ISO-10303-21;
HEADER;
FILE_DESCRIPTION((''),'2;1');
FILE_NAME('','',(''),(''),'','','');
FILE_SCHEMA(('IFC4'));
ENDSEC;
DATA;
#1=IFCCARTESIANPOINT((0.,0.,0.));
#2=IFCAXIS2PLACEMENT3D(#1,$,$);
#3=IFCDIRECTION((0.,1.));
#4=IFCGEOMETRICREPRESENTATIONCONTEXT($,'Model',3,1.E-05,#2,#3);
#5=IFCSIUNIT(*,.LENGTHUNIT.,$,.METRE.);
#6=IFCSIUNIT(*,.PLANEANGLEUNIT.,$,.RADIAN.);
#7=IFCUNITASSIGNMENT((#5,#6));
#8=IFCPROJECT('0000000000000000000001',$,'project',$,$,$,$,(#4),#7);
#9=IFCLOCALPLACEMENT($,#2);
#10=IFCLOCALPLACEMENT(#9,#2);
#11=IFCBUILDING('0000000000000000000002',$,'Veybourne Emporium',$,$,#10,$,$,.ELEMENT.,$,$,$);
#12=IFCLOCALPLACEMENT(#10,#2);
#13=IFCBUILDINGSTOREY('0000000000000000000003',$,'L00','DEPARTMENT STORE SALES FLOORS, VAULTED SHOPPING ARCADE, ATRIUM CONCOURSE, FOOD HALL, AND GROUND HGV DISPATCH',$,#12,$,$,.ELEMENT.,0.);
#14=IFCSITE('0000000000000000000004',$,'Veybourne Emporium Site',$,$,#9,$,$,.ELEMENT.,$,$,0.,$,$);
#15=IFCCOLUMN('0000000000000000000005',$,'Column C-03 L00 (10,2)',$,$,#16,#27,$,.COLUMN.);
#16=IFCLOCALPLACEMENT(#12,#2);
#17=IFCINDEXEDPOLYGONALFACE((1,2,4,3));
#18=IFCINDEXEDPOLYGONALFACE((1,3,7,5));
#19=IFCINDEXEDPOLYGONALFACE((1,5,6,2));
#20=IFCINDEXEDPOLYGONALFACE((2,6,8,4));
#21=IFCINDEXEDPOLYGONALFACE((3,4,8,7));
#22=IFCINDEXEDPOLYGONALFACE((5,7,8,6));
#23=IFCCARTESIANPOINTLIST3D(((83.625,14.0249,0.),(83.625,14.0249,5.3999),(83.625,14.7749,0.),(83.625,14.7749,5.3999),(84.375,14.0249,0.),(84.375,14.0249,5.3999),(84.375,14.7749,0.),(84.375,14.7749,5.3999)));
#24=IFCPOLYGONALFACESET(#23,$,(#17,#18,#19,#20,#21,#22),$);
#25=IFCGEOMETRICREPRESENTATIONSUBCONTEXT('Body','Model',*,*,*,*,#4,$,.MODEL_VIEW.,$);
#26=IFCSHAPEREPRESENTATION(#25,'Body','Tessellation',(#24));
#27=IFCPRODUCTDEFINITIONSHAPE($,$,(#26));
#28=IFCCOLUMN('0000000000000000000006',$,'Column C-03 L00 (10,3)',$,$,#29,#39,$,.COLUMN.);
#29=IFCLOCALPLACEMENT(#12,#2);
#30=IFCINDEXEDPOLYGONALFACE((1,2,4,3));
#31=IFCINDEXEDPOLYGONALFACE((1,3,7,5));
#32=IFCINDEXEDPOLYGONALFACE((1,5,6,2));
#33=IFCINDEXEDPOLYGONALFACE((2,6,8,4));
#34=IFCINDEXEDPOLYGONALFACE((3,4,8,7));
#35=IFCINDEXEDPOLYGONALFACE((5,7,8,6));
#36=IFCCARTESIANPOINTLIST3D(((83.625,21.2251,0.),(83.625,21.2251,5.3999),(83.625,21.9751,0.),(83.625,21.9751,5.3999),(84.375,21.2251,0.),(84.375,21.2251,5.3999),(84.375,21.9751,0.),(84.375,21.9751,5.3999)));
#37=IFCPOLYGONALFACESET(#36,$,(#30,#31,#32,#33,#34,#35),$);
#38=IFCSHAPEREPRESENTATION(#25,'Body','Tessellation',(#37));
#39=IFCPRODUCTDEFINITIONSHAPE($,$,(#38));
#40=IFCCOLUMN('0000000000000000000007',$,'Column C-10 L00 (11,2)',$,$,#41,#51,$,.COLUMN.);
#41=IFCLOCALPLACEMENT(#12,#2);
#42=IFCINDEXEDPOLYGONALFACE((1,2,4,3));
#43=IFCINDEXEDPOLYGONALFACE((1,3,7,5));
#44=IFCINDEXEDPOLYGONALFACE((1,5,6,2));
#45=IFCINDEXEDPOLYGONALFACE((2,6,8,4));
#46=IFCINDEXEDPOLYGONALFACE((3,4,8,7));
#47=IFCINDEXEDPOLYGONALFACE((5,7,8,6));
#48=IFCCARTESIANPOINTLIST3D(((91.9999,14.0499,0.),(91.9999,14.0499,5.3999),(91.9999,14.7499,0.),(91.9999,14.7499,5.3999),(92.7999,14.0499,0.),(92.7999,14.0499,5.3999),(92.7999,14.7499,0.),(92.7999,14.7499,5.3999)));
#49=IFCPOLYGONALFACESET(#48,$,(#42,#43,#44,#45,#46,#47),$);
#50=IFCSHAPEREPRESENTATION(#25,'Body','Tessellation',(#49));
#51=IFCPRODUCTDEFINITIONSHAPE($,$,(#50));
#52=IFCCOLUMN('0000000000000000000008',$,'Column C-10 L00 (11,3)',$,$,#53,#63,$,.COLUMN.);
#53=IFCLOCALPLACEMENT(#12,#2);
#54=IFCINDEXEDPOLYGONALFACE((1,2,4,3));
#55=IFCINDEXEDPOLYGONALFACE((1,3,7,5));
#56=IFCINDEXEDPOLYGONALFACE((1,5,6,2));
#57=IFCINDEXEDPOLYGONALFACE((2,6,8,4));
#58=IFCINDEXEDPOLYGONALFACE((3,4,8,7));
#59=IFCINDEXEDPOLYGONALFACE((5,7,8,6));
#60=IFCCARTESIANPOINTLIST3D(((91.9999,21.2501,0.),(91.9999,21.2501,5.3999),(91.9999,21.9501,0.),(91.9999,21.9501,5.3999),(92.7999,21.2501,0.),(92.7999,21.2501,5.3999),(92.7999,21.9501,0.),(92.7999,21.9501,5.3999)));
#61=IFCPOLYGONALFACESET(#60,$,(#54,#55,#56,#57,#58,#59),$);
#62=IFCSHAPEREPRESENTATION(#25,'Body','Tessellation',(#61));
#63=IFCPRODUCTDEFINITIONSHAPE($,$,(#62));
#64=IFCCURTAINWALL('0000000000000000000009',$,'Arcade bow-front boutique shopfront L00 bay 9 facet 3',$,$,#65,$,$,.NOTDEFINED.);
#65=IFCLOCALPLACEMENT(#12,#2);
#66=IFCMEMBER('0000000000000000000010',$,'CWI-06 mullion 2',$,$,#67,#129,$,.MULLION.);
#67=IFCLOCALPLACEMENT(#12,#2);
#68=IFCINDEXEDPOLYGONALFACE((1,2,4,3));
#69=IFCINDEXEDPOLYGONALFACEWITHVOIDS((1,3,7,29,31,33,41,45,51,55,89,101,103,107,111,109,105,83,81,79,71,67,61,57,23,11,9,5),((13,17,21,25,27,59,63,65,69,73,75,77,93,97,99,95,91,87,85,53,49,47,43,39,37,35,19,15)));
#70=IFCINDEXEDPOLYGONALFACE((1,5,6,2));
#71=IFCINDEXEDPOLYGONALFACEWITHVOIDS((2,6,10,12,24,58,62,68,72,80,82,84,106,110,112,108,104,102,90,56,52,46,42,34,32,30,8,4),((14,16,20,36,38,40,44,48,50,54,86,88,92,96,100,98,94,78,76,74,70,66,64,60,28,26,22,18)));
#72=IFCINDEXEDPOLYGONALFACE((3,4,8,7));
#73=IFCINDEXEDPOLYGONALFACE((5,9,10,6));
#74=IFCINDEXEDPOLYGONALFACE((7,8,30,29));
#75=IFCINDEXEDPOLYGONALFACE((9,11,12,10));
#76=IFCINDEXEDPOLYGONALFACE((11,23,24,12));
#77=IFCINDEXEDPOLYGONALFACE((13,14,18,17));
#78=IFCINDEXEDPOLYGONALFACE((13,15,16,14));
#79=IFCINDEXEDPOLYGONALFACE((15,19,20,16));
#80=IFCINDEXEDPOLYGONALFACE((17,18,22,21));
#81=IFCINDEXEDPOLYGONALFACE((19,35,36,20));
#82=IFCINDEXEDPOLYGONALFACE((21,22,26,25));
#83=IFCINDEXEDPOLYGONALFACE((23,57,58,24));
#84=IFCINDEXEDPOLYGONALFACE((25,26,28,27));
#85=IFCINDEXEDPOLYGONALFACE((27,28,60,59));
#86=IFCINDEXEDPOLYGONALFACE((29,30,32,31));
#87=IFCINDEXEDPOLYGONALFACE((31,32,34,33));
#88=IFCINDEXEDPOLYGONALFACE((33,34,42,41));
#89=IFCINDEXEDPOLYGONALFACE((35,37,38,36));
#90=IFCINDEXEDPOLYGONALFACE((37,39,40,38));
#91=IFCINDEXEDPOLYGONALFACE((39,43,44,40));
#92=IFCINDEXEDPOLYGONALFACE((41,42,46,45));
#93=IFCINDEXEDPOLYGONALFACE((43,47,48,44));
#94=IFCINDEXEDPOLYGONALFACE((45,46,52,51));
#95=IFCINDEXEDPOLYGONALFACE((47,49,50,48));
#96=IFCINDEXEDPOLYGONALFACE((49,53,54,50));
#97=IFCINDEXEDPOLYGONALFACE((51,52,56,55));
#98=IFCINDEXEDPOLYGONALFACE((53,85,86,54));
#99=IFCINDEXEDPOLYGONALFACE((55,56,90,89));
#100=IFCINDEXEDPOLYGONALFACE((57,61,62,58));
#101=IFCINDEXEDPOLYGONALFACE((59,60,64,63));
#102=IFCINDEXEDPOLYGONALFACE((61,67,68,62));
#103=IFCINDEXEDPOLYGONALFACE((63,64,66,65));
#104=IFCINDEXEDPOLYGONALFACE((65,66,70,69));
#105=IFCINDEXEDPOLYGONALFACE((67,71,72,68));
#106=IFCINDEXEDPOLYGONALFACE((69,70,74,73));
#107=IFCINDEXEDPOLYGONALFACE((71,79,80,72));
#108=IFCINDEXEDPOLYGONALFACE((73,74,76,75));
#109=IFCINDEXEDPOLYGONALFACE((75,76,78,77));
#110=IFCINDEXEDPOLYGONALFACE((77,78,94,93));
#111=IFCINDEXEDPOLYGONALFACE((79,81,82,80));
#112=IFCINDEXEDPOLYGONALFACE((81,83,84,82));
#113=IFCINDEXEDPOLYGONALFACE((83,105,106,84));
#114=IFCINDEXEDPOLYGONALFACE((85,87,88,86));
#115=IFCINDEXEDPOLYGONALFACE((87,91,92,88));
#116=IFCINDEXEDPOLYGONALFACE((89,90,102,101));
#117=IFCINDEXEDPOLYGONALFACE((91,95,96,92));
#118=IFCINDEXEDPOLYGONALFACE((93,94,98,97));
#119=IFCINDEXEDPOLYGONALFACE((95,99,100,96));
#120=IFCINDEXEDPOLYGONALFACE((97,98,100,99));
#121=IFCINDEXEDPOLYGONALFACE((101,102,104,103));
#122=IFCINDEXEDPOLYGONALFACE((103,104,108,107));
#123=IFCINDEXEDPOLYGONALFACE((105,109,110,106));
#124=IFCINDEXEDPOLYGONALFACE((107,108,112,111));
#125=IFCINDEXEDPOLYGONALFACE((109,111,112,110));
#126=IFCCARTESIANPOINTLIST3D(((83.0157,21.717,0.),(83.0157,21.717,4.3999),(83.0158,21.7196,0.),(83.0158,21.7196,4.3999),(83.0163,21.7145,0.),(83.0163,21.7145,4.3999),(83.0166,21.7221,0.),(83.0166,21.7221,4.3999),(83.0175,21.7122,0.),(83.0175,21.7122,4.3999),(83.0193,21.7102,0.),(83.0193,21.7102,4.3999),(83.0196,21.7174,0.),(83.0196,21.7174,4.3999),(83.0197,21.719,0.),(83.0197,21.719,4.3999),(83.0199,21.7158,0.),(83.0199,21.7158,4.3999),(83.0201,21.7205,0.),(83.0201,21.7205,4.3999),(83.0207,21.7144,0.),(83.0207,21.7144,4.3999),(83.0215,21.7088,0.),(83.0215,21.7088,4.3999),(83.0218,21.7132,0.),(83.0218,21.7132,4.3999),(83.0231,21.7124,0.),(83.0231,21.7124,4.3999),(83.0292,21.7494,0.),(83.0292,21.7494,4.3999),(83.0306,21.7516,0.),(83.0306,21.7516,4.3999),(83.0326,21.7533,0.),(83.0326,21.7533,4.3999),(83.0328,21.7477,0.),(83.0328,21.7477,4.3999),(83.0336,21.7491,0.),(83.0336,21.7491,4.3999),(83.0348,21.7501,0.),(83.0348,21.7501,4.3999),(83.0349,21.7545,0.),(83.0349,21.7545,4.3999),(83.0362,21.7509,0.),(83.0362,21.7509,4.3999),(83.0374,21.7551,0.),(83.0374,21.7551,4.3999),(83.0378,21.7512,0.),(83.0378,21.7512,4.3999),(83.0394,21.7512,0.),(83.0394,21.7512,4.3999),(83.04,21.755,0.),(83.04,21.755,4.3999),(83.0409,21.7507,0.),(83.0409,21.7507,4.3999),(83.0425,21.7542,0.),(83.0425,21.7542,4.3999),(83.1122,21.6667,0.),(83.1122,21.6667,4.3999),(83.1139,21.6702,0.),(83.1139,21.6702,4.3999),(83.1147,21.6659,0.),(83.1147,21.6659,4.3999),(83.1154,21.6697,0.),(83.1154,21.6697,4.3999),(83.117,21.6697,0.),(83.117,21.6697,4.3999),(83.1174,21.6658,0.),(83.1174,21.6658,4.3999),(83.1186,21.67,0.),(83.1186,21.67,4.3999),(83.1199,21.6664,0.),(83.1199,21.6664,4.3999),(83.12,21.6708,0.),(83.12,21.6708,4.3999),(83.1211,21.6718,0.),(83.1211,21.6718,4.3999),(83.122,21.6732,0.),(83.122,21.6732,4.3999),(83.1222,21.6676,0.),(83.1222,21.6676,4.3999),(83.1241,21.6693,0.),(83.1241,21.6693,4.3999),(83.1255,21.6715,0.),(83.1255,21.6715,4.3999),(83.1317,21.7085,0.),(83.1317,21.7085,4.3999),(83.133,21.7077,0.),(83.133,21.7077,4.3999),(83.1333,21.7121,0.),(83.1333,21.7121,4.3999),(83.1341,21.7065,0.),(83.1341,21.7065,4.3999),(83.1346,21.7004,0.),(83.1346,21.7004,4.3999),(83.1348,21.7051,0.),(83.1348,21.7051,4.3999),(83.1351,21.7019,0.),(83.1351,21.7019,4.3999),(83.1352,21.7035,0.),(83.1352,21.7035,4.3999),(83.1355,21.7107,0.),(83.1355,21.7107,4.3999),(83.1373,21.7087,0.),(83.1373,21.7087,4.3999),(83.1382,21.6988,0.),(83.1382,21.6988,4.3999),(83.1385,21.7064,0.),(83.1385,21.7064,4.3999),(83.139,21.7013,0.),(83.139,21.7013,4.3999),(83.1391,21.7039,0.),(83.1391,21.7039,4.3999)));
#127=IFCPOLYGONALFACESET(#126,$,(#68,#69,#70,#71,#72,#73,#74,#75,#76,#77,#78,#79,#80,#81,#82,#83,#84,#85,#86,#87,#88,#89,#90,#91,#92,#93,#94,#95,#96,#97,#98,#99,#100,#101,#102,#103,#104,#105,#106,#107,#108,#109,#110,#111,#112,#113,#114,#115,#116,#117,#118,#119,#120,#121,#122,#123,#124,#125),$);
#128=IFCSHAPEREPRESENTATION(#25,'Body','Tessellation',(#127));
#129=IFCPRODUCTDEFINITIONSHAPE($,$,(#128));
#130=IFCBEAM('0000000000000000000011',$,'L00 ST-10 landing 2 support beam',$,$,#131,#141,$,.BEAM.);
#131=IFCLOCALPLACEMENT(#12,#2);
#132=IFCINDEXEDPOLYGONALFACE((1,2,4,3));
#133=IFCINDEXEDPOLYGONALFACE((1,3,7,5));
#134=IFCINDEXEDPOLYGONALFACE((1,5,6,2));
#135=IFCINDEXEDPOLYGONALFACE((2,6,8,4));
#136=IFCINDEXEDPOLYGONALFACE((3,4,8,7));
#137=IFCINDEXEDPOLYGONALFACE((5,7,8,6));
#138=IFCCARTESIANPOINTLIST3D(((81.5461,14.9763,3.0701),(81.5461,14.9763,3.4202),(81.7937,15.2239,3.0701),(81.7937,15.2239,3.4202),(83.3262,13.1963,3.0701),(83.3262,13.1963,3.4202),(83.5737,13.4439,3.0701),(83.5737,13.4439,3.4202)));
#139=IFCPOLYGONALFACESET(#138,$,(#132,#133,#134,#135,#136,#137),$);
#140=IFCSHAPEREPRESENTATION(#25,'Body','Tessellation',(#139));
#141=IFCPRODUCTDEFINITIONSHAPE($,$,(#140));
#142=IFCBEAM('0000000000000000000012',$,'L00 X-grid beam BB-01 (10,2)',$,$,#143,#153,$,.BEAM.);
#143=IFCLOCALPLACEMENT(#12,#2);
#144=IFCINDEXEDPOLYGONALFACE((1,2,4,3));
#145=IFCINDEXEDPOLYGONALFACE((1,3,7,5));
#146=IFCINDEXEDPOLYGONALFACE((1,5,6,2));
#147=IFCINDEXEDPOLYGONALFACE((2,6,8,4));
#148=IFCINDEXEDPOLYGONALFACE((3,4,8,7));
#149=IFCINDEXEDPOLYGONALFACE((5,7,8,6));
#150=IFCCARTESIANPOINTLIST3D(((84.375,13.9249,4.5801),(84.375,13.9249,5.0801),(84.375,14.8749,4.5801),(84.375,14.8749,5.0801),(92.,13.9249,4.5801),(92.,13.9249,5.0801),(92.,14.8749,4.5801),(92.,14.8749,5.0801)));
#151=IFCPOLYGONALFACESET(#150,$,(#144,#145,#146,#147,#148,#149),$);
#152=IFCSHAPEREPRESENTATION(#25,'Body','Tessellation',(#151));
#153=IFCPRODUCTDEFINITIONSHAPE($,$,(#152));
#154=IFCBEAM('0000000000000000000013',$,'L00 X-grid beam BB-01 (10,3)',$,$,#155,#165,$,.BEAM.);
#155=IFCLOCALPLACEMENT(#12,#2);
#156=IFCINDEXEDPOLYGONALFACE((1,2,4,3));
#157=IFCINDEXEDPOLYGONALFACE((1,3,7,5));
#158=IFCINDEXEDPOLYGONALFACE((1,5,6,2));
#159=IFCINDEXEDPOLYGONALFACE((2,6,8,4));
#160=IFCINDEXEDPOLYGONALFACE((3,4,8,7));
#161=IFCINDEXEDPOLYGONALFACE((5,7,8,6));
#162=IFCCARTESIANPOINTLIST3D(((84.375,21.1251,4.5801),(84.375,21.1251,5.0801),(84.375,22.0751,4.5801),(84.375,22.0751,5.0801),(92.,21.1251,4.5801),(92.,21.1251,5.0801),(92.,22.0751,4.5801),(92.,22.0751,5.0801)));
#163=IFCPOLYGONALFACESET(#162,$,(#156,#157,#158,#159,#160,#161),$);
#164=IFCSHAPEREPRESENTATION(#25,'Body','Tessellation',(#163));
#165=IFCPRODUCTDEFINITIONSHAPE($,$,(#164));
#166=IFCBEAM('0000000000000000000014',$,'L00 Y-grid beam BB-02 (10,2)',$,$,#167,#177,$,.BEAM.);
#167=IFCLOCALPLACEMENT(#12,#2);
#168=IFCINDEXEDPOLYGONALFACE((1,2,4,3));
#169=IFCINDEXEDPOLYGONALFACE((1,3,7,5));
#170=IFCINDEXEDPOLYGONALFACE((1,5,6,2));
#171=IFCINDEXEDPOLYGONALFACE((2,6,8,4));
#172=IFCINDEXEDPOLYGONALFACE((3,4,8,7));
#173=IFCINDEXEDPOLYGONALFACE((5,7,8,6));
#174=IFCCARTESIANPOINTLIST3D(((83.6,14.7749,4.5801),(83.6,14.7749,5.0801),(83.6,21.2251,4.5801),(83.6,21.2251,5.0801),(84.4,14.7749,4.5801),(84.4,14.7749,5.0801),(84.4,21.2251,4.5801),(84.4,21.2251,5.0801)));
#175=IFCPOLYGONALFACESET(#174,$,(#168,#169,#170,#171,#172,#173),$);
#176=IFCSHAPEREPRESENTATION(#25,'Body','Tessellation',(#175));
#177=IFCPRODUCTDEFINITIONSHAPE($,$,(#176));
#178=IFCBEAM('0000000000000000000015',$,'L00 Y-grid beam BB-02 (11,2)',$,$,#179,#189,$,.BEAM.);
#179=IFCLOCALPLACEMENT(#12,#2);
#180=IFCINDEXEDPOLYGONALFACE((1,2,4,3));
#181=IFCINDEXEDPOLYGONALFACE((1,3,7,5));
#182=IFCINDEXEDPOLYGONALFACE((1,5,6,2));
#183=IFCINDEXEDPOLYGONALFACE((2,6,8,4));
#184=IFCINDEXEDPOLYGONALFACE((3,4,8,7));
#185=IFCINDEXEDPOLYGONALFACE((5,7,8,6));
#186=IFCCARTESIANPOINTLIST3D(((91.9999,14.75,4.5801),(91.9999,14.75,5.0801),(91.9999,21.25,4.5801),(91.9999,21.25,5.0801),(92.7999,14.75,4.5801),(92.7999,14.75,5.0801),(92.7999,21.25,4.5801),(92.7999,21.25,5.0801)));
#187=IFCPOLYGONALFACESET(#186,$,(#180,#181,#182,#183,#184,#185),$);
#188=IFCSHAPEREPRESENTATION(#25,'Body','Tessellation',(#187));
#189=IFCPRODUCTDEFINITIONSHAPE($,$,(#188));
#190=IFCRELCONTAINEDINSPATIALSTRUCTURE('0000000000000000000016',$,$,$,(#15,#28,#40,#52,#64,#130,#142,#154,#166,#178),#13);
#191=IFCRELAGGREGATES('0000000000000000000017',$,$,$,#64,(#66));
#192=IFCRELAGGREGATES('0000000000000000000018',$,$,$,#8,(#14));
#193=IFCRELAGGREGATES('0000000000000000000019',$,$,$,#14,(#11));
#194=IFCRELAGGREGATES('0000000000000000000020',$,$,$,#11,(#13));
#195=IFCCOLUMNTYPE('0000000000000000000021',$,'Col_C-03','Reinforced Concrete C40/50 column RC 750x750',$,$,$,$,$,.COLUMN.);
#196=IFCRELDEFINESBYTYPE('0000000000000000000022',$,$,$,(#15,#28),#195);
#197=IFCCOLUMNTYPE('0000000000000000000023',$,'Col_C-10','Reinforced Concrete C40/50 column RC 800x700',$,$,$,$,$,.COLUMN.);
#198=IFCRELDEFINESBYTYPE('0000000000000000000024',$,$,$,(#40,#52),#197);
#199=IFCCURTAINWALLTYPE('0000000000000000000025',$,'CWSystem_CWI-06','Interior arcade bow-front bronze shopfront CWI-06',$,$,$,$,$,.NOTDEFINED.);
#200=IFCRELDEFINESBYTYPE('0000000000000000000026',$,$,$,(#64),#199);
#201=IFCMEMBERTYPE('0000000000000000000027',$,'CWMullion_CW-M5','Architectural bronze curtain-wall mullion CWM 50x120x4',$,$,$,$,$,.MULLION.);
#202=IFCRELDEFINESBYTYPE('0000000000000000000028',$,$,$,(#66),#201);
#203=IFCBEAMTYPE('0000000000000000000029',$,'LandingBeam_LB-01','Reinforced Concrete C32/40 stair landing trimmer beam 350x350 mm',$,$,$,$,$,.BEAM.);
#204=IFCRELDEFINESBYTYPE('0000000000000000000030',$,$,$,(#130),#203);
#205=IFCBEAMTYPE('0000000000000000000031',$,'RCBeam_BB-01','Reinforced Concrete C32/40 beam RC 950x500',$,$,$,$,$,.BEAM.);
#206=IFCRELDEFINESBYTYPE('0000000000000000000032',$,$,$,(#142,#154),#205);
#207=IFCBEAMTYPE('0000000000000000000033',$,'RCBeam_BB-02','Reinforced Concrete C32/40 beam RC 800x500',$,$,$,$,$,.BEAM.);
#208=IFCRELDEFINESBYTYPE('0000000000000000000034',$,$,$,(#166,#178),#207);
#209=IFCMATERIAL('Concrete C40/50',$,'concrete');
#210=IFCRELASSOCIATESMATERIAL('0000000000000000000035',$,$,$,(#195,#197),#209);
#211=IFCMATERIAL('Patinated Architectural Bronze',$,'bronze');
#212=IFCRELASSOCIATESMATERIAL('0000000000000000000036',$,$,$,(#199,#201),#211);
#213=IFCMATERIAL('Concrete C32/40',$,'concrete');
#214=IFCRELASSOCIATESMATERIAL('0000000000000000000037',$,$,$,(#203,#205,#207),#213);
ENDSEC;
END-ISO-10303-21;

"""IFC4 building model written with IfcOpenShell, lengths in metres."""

from ifc_helpers import new_model, si_unit, direction, frame, origin, origin_2d, place, context, subcontext, project, spatial, rectangle, hollow_rectangle, extrude, material, material_profile, profile_set, type_object, element, aggregate, save


model = new_model("IFC4")

# Units and contexts
model_context = context("Model", 3, precision=1e-05, world=origin(), true_north=direction((0.0, 1.0)))
body_context = subcontext(model_context, "Body", "Model", "MODEL_VIEW")
ifc_project = project(units=[si_unit("LENGTHUNIT", "METRE"), si_unit("PLANEANGLEUNIT", "RADIAN")], contexts=[model_context])

# Site, building, storey
site_placement = place(None, origin())
site = spatial("IfcSite", under=ifc_project, at=site_placement, Name="Veybourne Emporium Site", CompositionType="ELEMENT", RefElevation=0.0)
building_placement = place(site_placement, origin())
building = spatial("IfcBuilding", under=site, at=building_placement, Name="Veybourne Emporium", CompositionType="ELEMENT")
storey_placement = place(building_placement, origin())
storey = spatial("IfcBuildingStorey", under=building, at=storey_placement, Name="L00", Description="DEPARTMENT STORE SALES FLOORS, VAULTED SHOPPING ARCADE, ATRIUM CONCOURSE, FOOD HALL, AND GROUND HGV DISPATCH", CompositionType="ELEMENT", Elevation=0.0)

# Columns
ifc_material_1 = material(Name="Concrete C40/50", Category="concrete")
ifc_material_profile_1 = material_profile(ifc_material_1, rectangle(XDim=0.75, YDim=0.75, at=origin_2d()), Name="RC 750x750")
ifc_profile_set_1 = profile_set([ifc_material_profile_1], Name="Concrete C40/50")
column_type_1 = type_object("IfcColumnType", Name="Col_C-03", Description="Reinforced Concrete C40/50 column RC 750x750", PredefinedType="COLUMN", material=ifc_profile_set_1)
for number, where, z_axis, x_axis, name in (
    (1, (84.0, 14.3999, 0.0), (0.0, 0.0, 1.0), (1.0, 0.0, 0.0), "Column C-03 L00 (10,2)"),
    (2, (84.0, 21.6001, 0.0), (0.0, 0.0, 1.0), (1.0, 0.0, 0.0), "Column C-03 L00 (10,3)"),
):
    element("IfcColumn", number, at=place(storey_placement, frame(where, z_axis=z_axis, x_axis=x_axis)), inside=storey, type_object=column_type_1, Name=name, PredefinedType="COLUMN", context=body_context, shape_type="SweptSolid", body=[
        extrude(rectangle(XDim=0.75, YDim=0.75, at=origin_2d()), origin(), (0.0, 0.0, 1.0), 5.3999),
    ])
ifc_material_profile_2 = material_profile(ifc_material_1, rectangle(XDim=0.8, YDim=0.7, at=origin_2d()), Name="RC 800x700")
ifc_profile_set_2 = profile_set([ifc_material_profile_2], Name="Concrete C40/50")
column_type_2 = type_object("IfcColumnType", Name="Col_C-10", Description="Reinforced Concrete C40/50 column RC 800x700", PredefinedType="COLUMN", material=ifc_profile_set_2)
for number, where, z_axis, x_axis, name in (
    (3, (92.3999, 14.3999, 0.0), (0.0, 0.0, 1.0), (1.0, 0.0, 0.0), "Column C-10 L00 (11,2)"),
    (4, (92.3999, 21.6001, 0.0), (0.0, 0.0, 1.0), (1.0, 0.0, 0.0), "Column C-10 L00 (11,3)"),
):
    element("IfcColumn", number, at=place(storey_placement, frame(where, z_axis=z_axis, x_axis=x_axis)), inside=storey, type_object=column_type_2, Name=name, PredefinedType="COLUMN", context=body_context, shape_type="SweptSolid", body=[
        extrude(rectangle(XDim=0.8, YDim=0.7, at=origin_2d()), origin(), (0.0, 0.0, 1.0), 5.3999),
    ])

# Curtain wall, member
ifc_material_2 = material(Name="Patinated Architectural Bronze", Category="bronze")
curtain_wall_type = type_object("IfcCurtainWallType", Name="CWSystem_CWI-06", Description="Interior arcade bow-front bronze shopfront CWI-06", PredefinedType="NOTDEFINED", material=ifc_material_2)
curtain_wall_placement = place(storey_placement, origin())
curtain_wall = element("IfcCurtainWall", 5, at=curtain_wall_placement, inside=storey, type_object=curtain_wall_type, Name="Arcade bow-front boutique shopfront L00 bay 9 facet 3", PredefinedType="NOTDEFINED")
ifc_material_profile_3 = material_profile(ifc_material_2, hollow_rectangle(XDim=0.05, YDim=0.1201, WallThickness=0.0039, InnerFilletRadius=0.0061, OuterFilletRadius=0.01, at=origin_2d()), Name="CWM 50x120x4")
ifc_profile_set_3 = profile_set([ifc_material_profile_3], Name="Patinated Architectural Bronze")
member_type = type_object("IfcMemberType", Name="CWMullion_CW-M5", Description="Architectural bronze curtain-wall mullion CWM 50x120x4", PredefinedType="MULLION", material=ifc_profile_set_3)
member_placement = place(storey_placement, frame((83.0774, 21.7104, 0.0), z_axis=(0.0, 0.0, 1.0), x_axis=(0.421111, 0.907009, 0.0)))
member = element("IfcMember", 6, at=member_placement, type_object=member_type, Name="CWI-06 mullion 2", PredefinedType="MULLION", context=body_context, shape_type="SweptSolid", body=[
    extrude(hollow_rectangle(XDim=0.05, YDim=0.1201, WallThickness=0.0039, InnerFilletRadius=0.0061, OuterFilletRadius=0.01, at=origin_2d()), origin(), (0.0, 0.0, 1.0), 4.3999),
])
aggregate(curtain_wall, [member])

# Beams
ifc_material_3 = material(Name="Concrete C32/40", Category="concrete")
ifc_material_profile_4 = material_profile(ifc_material_3, rectangle(XDim=0.3501, YDim=0.3501, at=origin_2d()), Name="RC 350x350")
ifc_profile_set_4 = profile_set([ifc_material_profile_4], Name="Concrete C32/40")
beam_type_1 = type_object("IfcBeamType", Name="LandingBeam_LB-01", Description="Reinforced Concrete C32/40 stair landing trimmer beam 350x350 mm", PredefinedType="BEAM", material=ifc_profile_set_4)
beam_1_placement = place(storey_placement, frame((81.6699, 15.1001, 3.2451), z_axis=(0.707107, -0.707107, 0.0), x_axis=(0.707107, 0.707107, 0.0)))
element("IfcBeam", 7, at=beam_1_placement, inside=storey, type_object=beam_type_1, Name="L00 ST-10 landing 2 support beam", PredefinedType="BEAM", context=body_context, shape_type="SweptSolid", body=[
    extrude(rectangle(XDim=0.3501, YDim=0.3501, at=origin_2d()), origin(), (0.0, 0.0, 1.0), 2.5173),
])
ifc_material_profile_5 = material_profile(ifc_material_3, rectangle(XDim=0.95, YDim=0.5, at=origin_2d()), Name="RC 950x500")
ifc_profile_set_5 = profile_set([ifc_material_profile_5], Name="Concrete C32/40")
beam_type_2 = type_object("IfcBeamType", Name="RCBeam_BB-01", Description="Reinforced Concrete C32/40 beam RC 950x500", PredefinedType="BEAM", material=ifc_profile_set_5)
for number, where, z_axis, x_axis, name in (
    (8, (84.375, 14.3999, 4.8301), (1.0, 0.0, 0.0), (0.0, 1.0, 0.0), "L00 X-grid beam BB-01 (10,2)"),
    (9, (84.375, 21.6001, 4.8301), (1.0, 0.0, 0.0), (0.0, 1.0, 0.0), "L00 X-grid beam BB-01 (10,3)"),
):
    element("IfcBeam", number, at=place(storey_placement, frame(where, z_axis=z_axis, x_axis=x_axis)), inside=storey, type_object=beam_type_2, Name=name, PredefinedType="BEAM", context=body_context, shape_type="SweptSolid", body=[
        extrude(rectangle(XDim=0.95, YDim=0.5, at=origin_2d()), origin(), (0.0, 0.0, 1.0), 7.625),
    ])
ifc_material_profile_6 = material_profile(ifc_material_3, rectangle(XDim=0.8, YDim=0.5, at=origin_2d()), Name="RC 800x500")
ifc_profile_set_6 = profile_set([ifc_material_profile_6], Name="Concrete C32/40")
beam_type_3 = type_object("IfcBeamType", Name="RCBeam_BB-02", Description="Reinforced Concrete C32/40 beam RC 800x500", PredefinedType="BEAM", material=ifc_profile_set_6)
beam_2_placement = place(storey_placement, frame((84.0, 14.7749, 4.8301), z_axis=(0.0, 1.0, 0.0), x_axis=(-1.0, 0.0, 0.0)))
element("IfcBeam", 10, at=beam_2_placement, inside=storey, type_object=beam_type_3, Name="L00 Y-grid beam BB-02 (10,2)", PredefinedType="BEAM", context=body_context, shape_type="SweptSolid", body=[
    extrude(rectangle(XDim=0.8, YDim=0.5, at=origin_2d()), origin(), (0.0, 0.0, 1.0), 6.4502),
])
beam_3_placement = place(storey_placement, frame((92.3999, 14.75, 4.8301), z_axis=(0.0, 1.0, 0.0), x_axis=(-1.0, 0.0, 0.0)))
element("IfcBeam", 11, at=beam_3_placement, inside=storey, type_object=beam_type_3, Name="L00 Y-grid beam BB-02 (11,2)", PredefinedType="BEAM", context=body_context, shape_type="SweptSolid", body=[
    extrude(rectangle(XDim=0.8, YDim=0.5, at=origin_2d()), origin(), (0.0, 0.0, 1.0), 6.5),
])

save(model, "model.ifc")
